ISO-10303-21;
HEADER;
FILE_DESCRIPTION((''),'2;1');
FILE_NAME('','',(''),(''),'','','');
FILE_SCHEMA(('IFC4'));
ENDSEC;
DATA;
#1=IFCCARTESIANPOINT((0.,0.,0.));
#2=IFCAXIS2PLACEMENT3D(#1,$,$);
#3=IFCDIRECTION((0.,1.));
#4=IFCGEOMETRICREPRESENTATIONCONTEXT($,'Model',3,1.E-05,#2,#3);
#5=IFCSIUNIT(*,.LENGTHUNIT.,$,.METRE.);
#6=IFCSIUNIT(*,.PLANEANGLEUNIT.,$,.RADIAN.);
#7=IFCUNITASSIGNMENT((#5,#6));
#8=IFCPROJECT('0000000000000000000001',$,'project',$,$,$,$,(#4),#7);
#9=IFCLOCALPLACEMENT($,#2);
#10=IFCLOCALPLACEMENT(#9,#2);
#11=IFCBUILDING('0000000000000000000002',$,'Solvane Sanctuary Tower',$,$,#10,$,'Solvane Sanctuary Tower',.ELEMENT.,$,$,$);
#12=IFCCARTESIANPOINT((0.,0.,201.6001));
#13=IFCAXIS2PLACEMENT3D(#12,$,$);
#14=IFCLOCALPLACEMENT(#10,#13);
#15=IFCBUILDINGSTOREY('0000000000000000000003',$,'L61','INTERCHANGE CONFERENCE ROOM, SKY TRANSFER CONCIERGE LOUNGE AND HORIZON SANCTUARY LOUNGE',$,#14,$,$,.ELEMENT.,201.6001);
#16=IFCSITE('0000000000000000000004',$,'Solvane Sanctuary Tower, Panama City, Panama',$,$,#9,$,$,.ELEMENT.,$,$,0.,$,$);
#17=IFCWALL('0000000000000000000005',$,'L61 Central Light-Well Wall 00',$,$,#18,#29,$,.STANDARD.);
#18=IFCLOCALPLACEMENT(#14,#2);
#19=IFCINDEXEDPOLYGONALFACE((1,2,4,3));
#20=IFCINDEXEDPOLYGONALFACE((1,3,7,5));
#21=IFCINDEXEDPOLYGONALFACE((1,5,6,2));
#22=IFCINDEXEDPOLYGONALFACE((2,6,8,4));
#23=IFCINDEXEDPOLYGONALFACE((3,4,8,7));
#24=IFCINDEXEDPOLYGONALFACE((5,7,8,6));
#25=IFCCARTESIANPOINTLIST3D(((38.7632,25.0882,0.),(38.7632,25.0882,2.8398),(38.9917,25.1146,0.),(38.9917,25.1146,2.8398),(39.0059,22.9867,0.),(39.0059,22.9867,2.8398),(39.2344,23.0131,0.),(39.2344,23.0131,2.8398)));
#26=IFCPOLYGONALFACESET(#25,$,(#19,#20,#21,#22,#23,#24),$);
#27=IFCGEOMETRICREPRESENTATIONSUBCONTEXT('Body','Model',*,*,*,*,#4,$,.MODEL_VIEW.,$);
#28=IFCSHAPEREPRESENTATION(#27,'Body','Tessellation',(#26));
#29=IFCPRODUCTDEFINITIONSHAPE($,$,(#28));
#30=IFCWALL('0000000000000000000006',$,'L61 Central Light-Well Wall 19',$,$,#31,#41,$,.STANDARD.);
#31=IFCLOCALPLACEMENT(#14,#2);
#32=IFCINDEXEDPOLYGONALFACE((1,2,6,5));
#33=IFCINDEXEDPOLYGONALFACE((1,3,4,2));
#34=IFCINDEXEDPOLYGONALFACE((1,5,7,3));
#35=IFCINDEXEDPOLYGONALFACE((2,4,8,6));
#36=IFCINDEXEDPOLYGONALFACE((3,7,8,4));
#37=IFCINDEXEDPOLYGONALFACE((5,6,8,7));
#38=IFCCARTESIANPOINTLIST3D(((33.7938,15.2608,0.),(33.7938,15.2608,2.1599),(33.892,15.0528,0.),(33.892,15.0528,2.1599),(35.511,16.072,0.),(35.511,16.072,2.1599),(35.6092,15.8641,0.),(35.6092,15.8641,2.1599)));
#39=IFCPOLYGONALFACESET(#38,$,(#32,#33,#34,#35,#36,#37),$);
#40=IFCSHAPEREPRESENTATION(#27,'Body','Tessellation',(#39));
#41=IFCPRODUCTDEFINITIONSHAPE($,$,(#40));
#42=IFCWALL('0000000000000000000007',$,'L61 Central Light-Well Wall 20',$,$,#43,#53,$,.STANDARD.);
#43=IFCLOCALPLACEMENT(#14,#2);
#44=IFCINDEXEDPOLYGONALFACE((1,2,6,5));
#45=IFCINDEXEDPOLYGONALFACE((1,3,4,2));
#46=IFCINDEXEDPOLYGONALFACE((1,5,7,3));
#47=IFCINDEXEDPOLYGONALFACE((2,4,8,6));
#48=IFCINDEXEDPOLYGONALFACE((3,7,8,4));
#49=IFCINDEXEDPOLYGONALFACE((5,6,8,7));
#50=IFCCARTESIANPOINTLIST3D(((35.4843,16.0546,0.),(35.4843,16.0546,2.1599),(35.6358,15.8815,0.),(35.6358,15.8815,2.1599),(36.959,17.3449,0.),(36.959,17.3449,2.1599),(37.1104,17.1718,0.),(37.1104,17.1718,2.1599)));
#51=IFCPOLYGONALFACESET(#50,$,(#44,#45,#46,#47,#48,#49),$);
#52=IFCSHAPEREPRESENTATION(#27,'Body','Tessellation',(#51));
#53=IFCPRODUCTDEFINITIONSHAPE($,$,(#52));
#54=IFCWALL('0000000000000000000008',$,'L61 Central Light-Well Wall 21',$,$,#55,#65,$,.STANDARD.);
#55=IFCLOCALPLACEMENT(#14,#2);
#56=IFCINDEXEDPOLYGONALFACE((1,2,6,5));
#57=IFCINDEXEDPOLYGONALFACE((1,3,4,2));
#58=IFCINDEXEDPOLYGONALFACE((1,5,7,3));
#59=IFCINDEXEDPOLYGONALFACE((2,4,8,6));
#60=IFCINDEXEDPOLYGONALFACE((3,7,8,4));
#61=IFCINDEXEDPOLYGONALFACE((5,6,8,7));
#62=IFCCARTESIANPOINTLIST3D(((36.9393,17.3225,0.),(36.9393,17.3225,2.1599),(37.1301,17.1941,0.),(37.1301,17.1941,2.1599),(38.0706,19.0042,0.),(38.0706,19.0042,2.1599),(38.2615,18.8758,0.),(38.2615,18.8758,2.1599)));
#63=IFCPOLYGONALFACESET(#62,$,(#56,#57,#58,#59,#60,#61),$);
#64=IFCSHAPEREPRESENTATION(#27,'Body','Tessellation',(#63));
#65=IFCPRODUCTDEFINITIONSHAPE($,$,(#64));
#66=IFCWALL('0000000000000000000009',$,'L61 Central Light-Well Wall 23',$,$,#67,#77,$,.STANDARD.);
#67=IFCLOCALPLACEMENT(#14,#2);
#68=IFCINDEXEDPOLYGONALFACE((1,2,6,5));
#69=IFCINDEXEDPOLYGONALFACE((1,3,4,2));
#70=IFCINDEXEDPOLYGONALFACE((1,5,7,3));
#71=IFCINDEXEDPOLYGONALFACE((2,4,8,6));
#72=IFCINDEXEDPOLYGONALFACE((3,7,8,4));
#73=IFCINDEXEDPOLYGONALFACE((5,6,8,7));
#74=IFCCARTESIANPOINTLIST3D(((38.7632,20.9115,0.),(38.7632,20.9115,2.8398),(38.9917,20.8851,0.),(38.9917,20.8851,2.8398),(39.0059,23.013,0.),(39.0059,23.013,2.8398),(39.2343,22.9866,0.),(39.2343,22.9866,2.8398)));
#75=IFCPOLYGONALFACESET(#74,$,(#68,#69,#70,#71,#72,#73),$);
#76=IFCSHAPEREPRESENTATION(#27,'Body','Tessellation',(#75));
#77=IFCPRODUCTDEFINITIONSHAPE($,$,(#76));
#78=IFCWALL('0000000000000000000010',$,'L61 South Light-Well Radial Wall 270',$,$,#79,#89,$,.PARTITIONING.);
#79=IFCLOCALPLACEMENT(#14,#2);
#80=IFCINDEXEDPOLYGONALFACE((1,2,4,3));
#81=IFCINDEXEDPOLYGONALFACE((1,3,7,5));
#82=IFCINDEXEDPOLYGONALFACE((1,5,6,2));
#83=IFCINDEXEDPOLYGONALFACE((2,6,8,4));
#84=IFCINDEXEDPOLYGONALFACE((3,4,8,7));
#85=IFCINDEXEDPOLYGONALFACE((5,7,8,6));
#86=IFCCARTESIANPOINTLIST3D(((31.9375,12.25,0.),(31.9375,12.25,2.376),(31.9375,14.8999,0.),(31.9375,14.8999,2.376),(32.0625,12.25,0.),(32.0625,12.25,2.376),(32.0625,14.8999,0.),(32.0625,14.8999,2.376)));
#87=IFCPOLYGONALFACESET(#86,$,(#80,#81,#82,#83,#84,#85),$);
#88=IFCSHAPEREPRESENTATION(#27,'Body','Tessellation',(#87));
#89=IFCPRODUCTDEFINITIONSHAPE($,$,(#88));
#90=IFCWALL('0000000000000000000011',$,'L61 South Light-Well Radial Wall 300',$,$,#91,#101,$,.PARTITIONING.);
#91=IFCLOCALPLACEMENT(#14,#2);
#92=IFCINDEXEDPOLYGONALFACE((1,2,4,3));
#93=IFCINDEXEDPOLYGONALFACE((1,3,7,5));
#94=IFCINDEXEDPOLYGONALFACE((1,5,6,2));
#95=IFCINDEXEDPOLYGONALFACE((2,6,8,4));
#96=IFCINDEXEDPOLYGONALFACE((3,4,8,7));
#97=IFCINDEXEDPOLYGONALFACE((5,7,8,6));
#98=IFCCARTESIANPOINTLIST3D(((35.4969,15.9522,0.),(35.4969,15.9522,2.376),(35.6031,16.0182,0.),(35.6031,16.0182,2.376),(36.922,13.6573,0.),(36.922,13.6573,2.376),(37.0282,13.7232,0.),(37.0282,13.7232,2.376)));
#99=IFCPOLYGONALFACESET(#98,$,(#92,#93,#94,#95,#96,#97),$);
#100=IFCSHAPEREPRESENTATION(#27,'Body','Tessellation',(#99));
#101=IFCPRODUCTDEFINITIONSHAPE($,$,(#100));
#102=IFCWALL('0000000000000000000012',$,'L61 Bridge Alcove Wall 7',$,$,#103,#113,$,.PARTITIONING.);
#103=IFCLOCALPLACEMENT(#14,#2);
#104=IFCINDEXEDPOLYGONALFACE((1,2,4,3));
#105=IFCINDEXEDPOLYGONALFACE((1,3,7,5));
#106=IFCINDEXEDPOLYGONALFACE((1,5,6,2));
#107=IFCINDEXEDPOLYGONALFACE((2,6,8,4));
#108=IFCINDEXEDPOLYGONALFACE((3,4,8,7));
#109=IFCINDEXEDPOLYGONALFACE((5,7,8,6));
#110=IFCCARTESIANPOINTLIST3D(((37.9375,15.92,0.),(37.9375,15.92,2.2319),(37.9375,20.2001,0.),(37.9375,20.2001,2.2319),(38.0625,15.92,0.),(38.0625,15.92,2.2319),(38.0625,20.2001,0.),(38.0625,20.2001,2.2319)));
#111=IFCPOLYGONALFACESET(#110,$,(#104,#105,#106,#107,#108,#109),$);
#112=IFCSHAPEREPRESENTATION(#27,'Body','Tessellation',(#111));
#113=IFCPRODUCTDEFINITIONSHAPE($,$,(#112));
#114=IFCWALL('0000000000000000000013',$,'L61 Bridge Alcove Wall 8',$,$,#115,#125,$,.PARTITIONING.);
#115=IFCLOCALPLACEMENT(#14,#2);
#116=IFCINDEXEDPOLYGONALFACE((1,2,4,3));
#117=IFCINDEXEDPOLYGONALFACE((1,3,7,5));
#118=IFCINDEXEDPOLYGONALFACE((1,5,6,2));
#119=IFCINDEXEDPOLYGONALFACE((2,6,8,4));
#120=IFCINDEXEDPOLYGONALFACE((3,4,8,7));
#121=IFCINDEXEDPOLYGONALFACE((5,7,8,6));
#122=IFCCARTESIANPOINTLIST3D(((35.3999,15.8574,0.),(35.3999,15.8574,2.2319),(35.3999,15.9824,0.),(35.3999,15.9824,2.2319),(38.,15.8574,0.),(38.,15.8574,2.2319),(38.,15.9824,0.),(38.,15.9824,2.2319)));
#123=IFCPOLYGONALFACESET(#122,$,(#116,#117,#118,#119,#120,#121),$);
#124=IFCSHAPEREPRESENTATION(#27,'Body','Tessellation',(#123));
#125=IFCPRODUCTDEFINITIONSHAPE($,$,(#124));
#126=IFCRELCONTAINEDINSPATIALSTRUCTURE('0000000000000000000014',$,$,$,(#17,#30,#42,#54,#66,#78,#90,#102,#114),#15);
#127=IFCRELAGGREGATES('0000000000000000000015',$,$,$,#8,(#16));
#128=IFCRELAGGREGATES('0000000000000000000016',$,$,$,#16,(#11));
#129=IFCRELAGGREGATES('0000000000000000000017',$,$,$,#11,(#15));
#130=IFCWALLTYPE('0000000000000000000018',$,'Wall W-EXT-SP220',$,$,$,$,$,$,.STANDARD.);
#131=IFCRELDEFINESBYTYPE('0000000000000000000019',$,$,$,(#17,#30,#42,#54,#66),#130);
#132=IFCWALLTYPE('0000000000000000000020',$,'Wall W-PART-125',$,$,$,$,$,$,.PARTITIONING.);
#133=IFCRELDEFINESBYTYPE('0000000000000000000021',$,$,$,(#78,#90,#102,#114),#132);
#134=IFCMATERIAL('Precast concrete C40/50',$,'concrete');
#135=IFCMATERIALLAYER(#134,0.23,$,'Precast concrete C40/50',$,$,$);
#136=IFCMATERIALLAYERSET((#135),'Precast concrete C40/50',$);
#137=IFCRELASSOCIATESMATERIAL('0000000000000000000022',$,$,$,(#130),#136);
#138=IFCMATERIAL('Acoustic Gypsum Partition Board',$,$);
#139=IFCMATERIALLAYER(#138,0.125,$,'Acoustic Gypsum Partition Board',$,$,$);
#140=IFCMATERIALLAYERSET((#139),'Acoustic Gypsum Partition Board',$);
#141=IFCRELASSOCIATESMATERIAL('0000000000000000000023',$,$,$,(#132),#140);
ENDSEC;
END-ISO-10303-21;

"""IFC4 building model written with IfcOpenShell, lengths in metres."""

from ifc_helpers import new_model, si_unit, direction, frame, frame_2d, origin, place, context, subcontext, project, spatial, rectangle, extrude, material, layer, layer_set, type_object, element, save


model = new_model("IFC4")

# Units and contexts
model_context = context("Model", 3, precision=1e-05, world=origin(), true_north=direction((0.0, 1.0)))
body_context = subcontext(model_context, "Body", "Model", "MODEL_VIEW")
ifc_project = project(units=[si_unit("LENGTHUNIT", "METRE"), si_unit("PLANEANGLEUNIT", "RADIAN")], contexts=[model_context])

# Site, building, storey
site_placement = place(None, origin())
site = spatial("IfcSite", under=ifc_project, at=site_placement, Name="Solvane Sanctuary Tower, Panama City, Panama", CompositionType="ELEMENT", RefElevation=0.0)
building_placement = place(site_placement, origin())
building = spatial("IfcBuilding", under=site, at=building_placement, Name="Solvane Sanctuary Tower", LongName="Solvane Sanctuary Tower", CompositionType="ELEMENT")
storey_placement = place(building_placement, frame((0.0, 0.0, 201.6001)))
storey = spatial("IfcBuildingStorey", under=building, at=storey_placement, Name="L61", Description="INTERCHANGE CONFERENCE ROOM, SKY TRANSFER CONCIERGE LOUNGE AND HORIZON SANCTUARY LOUNGE", CompositionType="ELEMENT", Elevation=201.6001)

# Walls
ifc_material_1 = material(Name="Precast concrete C40/50", Category="concrete")
ifc_layer_1 = layer(ifc_material_1, 0.23, Name="Precast concrete C40/50")
ifc_layer_set_1 = layer_set([ifc_layer_1], Name="Precast concrete C40/50")
wall_type_1 = type_object("IfcWallType", Name="Wall W-EXT-SP220", PredefinedType="STANDARD", material=ifc_layer_set_1)
wall_1_placement = place(storey_placement, frame((39.1201, 23.0, 0.0), z_axis=(0.0, 0.0, 1.0), x_axis=(-0.114712, 0.993399, 0.0)))
element("IfcWall", 1, at=wall_1_placement, inside=storey, type_object=wall_type_1, Name="L61 Central Light-Well Wall 00", PredefinedType="STANDARD", context=body_context, shape_type="SweptSolid", body=[
    extrude(rectangle(XDim=2.1155, YDim=0.23, at=frame_2d((1.0576, 0.0))), origin(), (0.0, 0.0, 1.0), 2.8398),
])
wall_2_placement = place(storey_placement, frame((33.8428, 15.1567, 0.0), z_axis=(0.0, 0.0, 1.0), x_axis=(0.90418, 0.427152, 0.0)))
element("IfcWall", 2, at=wall_2_placement, inside=storey, type_object=wall_type_1, Name="L61 Central Light-Well Wall 19", PredefinedType="STANDARD", context=body_context, shape_type="SweptSolid", body=[
    extrude(rectangle(XDim=1.8992, YDim=0.23, at=frame_2d((0.9497, 0.0))), origin(), (0.0, 0.0, 1.0), 2.1599),
])
wall_3_placement = place(storey_placement, frame((35.5601, 15.968, 0.0), z_axis=(0.0, 0.0, 1.0), x_axis=(0.752577, 0.658505, 0.0)))
element("IfcWall", 3, at=wall_3_placement, inside=storey, type_object=wall_type_1, Name="L61 Central Light-Well Wall 20", PredefinedType="STANDARD", context=body_context, shape_type="SweptSolid", body=[
    extrude(rectangle(XDim=1.9595, YDim=0.23, at=frame_2d((0.9797, 0.0))), origin(), (0.0, 0.0, 1.0), 2.1599),
])
wall_4_placement = place(storey_placement, frame((37.0347, 17.2583, 0.0), z_axis=(0.0, 0.0, 1.0), x_axis=(0.558198, 0.829708, 0.0)))
element("IfcWall", 4, at=wall_4_placement, inside=storey, type_object=wall_type_1, Name="L61 Central Light-Well Wall 21", PredefinedType="STANDARD", context=body_context, shape_type="SweptSolid", body=[
    extrude(rectangle(XDim=2.0269, YDim=0.23, at=frame_2d((1.0134, 0.0))), origin(), (0.0, 0.0, 1.0), 2.1599),
])
wall_5_placement = place(storey_placement, frame((38.8774, 20.8984, 0.0), z_axis=(0.0, 0.0, 1.0), x_axis=(0.114712, 0.993399, 0.0)))
element("IfcWall", 5, at=wall_5_placement, inside=storey, type_object=wall_type_1, Name="L61 Central Light-Well Wall 23", PredefinedType="STANDARD", context=body_context, shape_type="SweptSolid", body=[
    extrude(rectangle(XDim=2.1155, YDim=0.23, at=frame_2d((1.0576, 0.0))), origin(), (0.0, 0.0, 1.0), 2.8398),
])
ifc_material_2 = material(Name="Acoustic Gypsum Partition Board")
ifc_layer_2 = layer(ifc_material_2, 0.125, Name="Acoustic Gypsum Partition Board")
ifc_layer_set_2 = layer_set([ifc_layer_2], Name="Acoustic Gypsum Partition Board")
wall_type_2 = type_object("IfcWallType", Name="Wall W-PART-125", PredefinedType="PARTITIONING", material=ifc_layer_set_2)
wall_6_placement = place(storey_placement, frame((32.0, 14.8999, 0.0), z_axis=(0.0, 0.0, 1.0), x_axis=(0.0, -1.0, 0.0)))
element("IfcWall", 6, at=wall_6_placement, inside=storey, type_object=wall_type_2, Name="L61 South Light-Well Radial Wall 270", PredefinedType="PARTITIONING", context=body_context, shape_type="SweptSolid", body=[
    extrude(rectangle(XDim=2.6499, YDim=0.125, at=frame_2d((1.325, 0.0))), origin(), (0.0, 0.0, 1.0), 2.376),
])
wall_7_placement = place(storey_placement, frame((35.55, 15.9851, 0.0), z_axis=(0.0, 0.0, 1.0), x_axis=(0.527527, -0.849538, 0.0)))
element("IfcWall", 7, at=wall_7_placement, inside=storey, type_object=wall_type_2, Name="L61 South Light-Well Radial Wall 300", PredefinedType="PARTITIONING", context=body_context, shape_type="SweptSolid", body=[
    extrude(rectangle(XDim=2.7014, YDim=0.125, at=frame_2d((1.3506, 0.0))), origin(), (0.0, 0.0, 1.0), 2.376),
])
wall_8_placement = place(storey_placement, frame((38.0, 15.9199, 0.0), z_axis=(0.0, 0.0, 1.0), x_axis=(0.0, 1.0, 0.0)))
element("IfcWall", 8, at=wall_8_placement, inside=storey, type_object=wall_type_2, Name="L61 Bridge Alcove Wall 7", PredefinedType="PARTITIONING", context=body_context, shape_type="SweptSolid", body=[
    extrude(rectangle(XDim=4.28, YDim=0.125, at=frame_2d((2.1401, 0.0))), origin(), (0.0, 0.0, 1.0), 2.2319),
])
wall_9_placement = place(storey_placement, frame((35.3999, 15.9199, 0.0), z_axis=(0.0, 0.0, 1.0), x_axis=(1.0, 0.0, 0.0)))
element("IfcWall", 9, at=wall_9_placement, inside=storey, type_object=wall_type_2, Name="L61 Bridge Alcove Wall 8", PredefinedType="PARTITIONING", context=body_context, shape_type="SweptSolid", body=[
    extrude(rectangle(XDim=2.6001, YDim=0.125, at=frame_2d((1.3, 0.0))), origin(), (0.0, 0.0, 1.0), 2.2319),
])

save(model, "model.ifc")
